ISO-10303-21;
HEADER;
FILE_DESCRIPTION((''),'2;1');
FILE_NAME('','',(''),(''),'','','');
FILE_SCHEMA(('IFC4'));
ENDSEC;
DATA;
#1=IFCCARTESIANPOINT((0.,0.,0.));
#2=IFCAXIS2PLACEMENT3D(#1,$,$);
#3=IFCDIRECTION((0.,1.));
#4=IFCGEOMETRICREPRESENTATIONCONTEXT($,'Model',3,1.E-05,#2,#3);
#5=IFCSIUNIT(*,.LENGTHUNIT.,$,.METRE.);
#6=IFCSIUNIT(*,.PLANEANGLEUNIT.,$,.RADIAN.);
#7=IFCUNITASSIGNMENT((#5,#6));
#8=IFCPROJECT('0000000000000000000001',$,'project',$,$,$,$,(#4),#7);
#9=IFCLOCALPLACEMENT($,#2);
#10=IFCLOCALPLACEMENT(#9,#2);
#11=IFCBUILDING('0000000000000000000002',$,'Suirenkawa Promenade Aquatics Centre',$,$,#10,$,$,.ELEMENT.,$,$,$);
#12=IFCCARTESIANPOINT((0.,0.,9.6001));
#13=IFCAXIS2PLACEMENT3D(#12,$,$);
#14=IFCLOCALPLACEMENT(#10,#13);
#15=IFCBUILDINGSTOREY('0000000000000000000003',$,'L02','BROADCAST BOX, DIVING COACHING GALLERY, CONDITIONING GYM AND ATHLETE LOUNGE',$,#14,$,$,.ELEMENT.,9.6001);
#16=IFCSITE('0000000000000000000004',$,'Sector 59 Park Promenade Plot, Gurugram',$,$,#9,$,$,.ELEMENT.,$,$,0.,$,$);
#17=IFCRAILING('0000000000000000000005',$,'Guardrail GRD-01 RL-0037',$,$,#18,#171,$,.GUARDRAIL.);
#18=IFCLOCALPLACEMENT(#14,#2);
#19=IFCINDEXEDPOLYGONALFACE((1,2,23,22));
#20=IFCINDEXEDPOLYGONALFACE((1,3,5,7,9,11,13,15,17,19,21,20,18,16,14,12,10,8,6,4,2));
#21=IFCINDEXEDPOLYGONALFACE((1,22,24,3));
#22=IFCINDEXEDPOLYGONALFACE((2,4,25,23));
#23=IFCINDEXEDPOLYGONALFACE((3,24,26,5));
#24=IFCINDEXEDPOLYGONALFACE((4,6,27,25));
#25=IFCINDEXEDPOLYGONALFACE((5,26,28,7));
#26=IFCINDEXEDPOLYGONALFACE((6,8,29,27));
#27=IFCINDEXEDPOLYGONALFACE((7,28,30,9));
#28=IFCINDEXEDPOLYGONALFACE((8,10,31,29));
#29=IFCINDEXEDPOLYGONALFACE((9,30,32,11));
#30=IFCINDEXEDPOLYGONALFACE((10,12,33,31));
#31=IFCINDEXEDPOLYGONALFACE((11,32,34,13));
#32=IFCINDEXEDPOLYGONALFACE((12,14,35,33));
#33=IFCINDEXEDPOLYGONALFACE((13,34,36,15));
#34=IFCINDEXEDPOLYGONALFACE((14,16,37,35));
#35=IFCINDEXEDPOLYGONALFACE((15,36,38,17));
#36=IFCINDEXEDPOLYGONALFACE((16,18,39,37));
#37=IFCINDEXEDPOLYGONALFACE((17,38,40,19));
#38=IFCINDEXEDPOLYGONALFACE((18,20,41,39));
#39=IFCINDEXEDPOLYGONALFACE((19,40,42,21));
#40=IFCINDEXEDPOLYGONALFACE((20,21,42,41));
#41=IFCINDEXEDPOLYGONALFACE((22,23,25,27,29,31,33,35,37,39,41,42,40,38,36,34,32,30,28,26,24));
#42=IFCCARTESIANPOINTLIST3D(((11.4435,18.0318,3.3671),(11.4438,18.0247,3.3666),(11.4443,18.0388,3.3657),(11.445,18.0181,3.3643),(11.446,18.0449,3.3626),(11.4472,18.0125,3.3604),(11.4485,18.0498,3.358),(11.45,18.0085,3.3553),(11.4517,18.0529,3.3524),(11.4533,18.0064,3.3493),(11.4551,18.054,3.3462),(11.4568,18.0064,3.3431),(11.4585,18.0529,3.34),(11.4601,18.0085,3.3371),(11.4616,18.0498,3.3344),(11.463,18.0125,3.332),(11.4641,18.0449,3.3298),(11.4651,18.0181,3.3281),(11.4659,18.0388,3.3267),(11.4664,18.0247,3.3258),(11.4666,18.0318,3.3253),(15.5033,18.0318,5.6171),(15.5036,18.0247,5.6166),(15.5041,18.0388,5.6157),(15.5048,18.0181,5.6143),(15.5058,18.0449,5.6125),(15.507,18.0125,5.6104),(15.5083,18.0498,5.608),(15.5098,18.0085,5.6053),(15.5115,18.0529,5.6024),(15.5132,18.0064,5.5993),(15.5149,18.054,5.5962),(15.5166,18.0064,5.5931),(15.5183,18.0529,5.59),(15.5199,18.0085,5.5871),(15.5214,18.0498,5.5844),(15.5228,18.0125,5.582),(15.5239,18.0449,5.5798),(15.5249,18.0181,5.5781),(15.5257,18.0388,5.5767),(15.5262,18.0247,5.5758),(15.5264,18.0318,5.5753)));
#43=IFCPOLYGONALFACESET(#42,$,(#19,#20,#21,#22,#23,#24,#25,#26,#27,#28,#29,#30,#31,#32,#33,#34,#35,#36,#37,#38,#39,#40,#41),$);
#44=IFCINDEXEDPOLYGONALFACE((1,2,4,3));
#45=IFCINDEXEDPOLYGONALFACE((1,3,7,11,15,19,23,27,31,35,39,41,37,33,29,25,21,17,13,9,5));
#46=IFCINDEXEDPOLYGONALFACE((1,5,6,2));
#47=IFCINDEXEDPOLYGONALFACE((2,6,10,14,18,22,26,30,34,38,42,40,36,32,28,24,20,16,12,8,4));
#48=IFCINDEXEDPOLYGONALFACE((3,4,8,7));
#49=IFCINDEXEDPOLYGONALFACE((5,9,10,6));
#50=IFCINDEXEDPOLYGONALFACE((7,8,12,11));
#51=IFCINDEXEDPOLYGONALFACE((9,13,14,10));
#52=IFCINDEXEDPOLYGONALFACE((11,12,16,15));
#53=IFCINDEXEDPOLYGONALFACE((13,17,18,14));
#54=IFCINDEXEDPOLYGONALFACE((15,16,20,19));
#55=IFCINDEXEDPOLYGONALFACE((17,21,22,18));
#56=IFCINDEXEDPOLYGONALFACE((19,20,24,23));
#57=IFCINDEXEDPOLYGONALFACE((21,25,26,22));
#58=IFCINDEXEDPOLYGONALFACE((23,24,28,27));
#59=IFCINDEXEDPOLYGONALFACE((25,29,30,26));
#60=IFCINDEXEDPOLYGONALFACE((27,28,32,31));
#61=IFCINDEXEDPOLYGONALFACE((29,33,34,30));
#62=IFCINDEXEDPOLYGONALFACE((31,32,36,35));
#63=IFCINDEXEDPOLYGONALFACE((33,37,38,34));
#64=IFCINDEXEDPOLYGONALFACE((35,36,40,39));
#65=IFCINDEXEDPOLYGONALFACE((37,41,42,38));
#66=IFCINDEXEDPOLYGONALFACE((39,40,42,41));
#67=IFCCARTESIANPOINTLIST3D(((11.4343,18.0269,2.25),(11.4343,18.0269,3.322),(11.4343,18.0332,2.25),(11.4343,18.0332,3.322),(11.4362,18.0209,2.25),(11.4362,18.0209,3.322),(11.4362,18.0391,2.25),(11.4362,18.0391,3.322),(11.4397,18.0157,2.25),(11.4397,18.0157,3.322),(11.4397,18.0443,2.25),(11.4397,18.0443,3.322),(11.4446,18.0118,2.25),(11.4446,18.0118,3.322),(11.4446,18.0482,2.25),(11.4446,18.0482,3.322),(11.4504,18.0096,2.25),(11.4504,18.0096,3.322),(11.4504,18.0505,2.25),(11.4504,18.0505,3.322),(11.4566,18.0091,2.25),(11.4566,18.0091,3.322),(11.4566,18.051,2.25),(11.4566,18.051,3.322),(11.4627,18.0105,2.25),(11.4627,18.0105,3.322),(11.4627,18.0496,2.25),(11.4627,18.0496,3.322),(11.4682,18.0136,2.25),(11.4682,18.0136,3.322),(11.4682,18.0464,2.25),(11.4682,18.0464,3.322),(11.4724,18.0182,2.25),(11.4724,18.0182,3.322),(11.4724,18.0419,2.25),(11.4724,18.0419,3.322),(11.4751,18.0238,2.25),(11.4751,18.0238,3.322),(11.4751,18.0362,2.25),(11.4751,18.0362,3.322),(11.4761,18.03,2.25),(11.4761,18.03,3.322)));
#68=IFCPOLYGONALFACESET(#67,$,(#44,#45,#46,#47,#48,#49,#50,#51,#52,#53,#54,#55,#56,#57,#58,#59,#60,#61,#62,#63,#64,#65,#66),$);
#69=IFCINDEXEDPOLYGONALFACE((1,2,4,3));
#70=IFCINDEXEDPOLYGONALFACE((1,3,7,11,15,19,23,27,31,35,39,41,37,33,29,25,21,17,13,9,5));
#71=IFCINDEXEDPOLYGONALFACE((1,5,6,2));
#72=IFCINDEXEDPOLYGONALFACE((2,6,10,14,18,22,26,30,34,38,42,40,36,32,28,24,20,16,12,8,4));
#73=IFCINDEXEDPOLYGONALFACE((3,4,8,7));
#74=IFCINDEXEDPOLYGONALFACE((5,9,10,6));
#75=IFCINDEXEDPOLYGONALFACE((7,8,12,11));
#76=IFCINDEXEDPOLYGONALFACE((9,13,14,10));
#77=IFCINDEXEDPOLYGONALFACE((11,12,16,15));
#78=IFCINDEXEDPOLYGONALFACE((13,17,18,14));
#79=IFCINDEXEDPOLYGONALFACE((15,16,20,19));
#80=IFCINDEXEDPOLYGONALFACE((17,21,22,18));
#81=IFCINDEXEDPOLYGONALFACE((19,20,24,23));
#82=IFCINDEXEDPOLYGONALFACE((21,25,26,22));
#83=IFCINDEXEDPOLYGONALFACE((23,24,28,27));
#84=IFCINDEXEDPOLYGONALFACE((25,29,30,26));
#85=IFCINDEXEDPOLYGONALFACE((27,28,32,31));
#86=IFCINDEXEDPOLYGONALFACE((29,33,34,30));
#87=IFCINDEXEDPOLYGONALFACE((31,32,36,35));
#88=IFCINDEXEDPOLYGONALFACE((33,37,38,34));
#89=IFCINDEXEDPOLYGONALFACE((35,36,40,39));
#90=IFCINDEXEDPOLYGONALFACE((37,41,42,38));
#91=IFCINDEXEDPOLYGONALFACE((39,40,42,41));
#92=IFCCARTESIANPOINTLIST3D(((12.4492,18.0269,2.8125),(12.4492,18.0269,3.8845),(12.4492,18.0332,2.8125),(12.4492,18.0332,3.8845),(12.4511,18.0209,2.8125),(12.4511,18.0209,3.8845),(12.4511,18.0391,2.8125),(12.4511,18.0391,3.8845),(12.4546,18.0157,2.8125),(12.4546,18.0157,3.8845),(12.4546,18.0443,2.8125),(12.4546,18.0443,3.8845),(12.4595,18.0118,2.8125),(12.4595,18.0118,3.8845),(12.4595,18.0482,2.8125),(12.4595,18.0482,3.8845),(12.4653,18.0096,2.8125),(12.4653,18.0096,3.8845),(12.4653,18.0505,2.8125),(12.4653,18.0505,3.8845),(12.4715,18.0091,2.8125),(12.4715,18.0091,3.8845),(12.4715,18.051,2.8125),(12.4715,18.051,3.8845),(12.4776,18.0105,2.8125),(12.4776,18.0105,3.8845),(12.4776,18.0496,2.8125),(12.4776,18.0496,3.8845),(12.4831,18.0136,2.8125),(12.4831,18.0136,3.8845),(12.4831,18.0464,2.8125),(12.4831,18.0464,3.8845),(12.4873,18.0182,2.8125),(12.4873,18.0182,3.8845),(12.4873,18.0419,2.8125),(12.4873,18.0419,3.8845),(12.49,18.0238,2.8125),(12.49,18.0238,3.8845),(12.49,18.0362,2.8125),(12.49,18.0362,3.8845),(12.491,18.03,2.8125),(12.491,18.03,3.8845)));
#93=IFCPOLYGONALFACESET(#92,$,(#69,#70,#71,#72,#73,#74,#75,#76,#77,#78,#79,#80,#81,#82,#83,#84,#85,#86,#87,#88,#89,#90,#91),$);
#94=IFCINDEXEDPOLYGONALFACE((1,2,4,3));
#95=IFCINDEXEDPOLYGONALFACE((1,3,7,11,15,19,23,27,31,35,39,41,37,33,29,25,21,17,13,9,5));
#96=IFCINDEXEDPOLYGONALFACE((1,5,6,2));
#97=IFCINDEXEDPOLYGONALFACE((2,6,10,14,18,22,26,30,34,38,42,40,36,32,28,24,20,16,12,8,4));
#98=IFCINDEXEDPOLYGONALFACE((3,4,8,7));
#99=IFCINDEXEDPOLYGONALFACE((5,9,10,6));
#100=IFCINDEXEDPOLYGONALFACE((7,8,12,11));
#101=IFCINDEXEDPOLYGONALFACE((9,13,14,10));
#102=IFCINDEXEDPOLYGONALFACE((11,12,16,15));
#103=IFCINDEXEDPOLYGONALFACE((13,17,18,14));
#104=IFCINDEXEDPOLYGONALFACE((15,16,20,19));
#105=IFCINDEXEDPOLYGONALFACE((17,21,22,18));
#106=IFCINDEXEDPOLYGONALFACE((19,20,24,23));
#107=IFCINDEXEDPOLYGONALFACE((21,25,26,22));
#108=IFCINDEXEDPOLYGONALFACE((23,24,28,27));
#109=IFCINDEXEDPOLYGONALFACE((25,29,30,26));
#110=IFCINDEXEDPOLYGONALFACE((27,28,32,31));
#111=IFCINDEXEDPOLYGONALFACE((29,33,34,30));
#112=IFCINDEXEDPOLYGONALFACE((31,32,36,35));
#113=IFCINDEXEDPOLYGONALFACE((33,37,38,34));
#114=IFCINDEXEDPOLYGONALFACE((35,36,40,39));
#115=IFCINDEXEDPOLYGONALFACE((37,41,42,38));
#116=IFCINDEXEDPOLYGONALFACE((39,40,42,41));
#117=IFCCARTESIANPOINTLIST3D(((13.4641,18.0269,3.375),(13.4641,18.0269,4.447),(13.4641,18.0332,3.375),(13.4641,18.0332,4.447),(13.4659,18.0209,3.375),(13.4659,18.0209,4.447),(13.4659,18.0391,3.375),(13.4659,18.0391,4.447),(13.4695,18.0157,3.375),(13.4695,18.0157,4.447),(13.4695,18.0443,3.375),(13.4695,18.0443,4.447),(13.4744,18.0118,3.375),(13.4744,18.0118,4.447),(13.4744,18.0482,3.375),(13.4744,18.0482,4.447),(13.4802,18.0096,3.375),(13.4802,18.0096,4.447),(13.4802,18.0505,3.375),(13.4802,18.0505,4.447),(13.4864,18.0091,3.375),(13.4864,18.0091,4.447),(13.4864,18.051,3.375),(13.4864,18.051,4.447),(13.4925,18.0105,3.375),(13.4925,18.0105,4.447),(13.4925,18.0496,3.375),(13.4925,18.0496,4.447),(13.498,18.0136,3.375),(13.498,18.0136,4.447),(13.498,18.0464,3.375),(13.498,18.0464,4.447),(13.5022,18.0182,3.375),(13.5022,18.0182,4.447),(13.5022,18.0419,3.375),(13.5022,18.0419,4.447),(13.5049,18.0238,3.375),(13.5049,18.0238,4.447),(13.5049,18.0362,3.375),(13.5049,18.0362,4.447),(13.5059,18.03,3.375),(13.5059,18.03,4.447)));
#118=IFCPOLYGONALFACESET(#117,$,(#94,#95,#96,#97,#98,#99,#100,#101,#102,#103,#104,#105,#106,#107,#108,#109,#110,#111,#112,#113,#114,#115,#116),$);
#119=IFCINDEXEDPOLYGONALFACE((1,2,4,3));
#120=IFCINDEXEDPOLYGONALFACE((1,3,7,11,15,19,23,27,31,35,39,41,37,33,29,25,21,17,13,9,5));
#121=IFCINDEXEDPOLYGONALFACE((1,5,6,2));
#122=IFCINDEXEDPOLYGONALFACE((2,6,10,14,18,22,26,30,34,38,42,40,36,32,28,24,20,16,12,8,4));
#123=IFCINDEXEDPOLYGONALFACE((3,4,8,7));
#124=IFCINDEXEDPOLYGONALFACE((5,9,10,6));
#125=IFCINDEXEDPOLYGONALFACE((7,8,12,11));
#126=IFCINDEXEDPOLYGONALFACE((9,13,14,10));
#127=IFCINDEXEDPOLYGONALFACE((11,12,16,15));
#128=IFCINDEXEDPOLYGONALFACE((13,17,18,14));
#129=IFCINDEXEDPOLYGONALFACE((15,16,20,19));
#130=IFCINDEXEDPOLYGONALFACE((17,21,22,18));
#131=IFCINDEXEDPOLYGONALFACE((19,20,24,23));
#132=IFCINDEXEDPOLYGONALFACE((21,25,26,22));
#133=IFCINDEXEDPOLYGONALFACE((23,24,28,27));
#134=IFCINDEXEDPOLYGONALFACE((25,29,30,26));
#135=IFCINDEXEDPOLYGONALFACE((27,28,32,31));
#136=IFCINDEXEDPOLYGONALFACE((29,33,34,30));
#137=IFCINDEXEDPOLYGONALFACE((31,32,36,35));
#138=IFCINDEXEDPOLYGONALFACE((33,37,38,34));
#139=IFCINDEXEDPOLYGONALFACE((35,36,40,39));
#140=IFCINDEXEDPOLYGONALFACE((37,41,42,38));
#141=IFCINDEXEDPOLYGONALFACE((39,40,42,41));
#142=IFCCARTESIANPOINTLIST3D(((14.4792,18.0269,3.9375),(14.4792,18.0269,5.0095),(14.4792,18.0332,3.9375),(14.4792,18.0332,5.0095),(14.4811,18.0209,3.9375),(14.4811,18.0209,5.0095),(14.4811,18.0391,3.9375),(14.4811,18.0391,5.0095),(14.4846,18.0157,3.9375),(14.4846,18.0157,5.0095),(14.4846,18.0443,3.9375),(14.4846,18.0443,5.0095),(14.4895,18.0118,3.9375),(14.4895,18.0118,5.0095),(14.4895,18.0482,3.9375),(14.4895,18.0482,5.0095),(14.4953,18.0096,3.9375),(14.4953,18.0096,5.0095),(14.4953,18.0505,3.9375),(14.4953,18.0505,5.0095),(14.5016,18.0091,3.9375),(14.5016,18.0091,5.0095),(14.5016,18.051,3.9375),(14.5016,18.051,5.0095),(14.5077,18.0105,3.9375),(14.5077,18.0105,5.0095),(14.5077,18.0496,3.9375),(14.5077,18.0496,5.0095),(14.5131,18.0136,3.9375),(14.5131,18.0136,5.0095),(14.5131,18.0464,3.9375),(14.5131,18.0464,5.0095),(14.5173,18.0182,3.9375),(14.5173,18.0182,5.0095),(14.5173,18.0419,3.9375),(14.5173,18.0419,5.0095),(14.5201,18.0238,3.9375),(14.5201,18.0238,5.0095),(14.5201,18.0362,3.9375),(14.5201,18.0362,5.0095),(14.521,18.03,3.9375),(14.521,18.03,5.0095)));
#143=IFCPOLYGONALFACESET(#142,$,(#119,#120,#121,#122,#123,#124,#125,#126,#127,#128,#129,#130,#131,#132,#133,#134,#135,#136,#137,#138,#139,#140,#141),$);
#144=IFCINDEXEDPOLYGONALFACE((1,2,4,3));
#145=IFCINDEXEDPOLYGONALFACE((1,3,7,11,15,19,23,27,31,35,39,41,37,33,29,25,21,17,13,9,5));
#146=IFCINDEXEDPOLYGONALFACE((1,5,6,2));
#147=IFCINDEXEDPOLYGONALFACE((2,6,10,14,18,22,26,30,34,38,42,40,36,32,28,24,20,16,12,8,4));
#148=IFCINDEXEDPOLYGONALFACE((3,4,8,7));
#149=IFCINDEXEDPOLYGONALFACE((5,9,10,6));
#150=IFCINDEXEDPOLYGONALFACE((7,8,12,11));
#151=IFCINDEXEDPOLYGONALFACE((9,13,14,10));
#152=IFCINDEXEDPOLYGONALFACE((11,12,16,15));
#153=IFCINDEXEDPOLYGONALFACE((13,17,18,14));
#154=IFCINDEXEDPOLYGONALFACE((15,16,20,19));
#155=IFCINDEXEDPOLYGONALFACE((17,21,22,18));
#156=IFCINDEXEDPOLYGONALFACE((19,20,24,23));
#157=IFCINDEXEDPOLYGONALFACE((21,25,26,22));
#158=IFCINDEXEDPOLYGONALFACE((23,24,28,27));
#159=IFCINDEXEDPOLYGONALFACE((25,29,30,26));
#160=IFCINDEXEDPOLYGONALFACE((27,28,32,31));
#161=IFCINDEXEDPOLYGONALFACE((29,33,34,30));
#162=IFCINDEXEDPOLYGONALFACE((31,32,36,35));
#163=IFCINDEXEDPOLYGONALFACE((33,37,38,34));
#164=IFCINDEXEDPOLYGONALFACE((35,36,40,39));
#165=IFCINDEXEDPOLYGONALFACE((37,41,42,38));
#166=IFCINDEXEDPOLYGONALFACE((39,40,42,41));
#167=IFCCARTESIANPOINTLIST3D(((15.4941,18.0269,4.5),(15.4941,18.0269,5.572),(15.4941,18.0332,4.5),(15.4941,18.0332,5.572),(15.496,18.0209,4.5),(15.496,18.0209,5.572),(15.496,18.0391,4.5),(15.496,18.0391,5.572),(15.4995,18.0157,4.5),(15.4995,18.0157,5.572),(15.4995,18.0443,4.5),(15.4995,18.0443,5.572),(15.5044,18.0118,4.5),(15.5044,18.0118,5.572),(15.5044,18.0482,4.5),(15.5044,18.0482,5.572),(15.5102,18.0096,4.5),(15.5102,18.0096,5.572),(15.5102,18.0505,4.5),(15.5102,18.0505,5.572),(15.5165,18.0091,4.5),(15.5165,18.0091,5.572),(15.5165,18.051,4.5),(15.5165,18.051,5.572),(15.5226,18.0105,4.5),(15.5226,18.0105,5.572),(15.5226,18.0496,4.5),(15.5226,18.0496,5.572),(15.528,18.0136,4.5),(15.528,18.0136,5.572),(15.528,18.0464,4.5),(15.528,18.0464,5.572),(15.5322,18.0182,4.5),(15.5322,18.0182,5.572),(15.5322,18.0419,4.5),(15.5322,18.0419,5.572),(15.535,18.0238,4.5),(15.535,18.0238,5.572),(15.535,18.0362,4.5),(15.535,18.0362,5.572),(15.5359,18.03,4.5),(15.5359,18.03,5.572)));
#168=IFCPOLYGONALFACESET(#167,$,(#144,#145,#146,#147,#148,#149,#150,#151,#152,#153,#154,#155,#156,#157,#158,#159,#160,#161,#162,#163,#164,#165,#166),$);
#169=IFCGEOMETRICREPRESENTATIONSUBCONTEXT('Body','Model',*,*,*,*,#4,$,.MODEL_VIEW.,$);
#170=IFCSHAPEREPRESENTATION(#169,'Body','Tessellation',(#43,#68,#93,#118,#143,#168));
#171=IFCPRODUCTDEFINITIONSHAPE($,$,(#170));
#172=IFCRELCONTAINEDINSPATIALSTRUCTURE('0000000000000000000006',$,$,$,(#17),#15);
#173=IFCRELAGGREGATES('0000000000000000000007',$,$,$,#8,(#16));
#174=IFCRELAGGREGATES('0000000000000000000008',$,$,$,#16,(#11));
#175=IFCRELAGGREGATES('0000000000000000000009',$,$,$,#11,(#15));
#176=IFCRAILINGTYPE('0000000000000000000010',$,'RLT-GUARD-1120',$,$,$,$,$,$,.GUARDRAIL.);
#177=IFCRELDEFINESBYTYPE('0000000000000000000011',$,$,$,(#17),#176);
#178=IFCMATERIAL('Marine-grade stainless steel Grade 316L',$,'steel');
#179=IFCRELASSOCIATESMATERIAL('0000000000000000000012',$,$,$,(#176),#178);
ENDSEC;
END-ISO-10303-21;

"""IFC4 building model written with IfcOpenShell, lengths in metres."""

from ifc_helpers import new_model, si_unit, direction, frame, origin, origin_2d, place, context, subcontext, project, spatial, circle, extrude, material, type_object, element, save


model = new_model("IFC4")

# Units and contexts
model_context = context("Model", 3, precision=1e-05, world=origin(), true_north=direction((0.0, 1.0)))
body_context = subcontext(model_context, "Body", "Model", "MODEL_VIEW")
ifc_project = project(units=[si_unit("LENGTHUNIT", "METRE"), si_unit("PLANEANGLEUNIT", "RADIAN")], contexts=[model_context])

# Site, building, storey
site_placement = place(None, origin())
site = spatial("IfcSite", under=ifc_project, at=site_placement, Name="Sector 59 Park Promenade Plot, Gurugram", CompositionType="ELEMENT", RefElevation=0.0)
building_placement = place(site_placement, origin())
building = spatial("IfcBuilding", under=site, at=building_placement, Name="Suirenkawa Promenade Aquatics Centre", CompositionType="ELEMENT")
storey_placement = place(building_placement, frame((0.0, 0.0, 9.6001)))
storey = spatial("IfcBuildingStorey", under=building, at=storey_placement, Name="L02", Description="BROADCAST BOX, DIVING COACHING GALLERY, CONDITIONING GYM AND ATHLETE LOUNGE", CompositionType="ELEMENT", Elevation=9.6001)

# Shared definitions
ifc_material_1 = material(Name="Marine-grade stainless steel Grade 316L", Category="steel")

# Railing
railing_type_1 = type_object("IfcRailingType", Name="RLT-GUARD-1120", PredefinedType="GUARDRAIL", material=ifc_material_1)
railing_1_placement = place(storey_placement, frame((11.4551, 18.03, 2.25)))
element("IfcRailing", 1, at=railing_1_placement, inside=storey, type_object=railing_type_1, Name="Guardrail GRD-01 RL-0037", PredefinedType="GUARDRAIL", context=body_context, shape_type="SweptSolid", body=[
    extrude(circle(Radius=0.0239, at=origin_2d()), frame((0.0, 0.0, 1.0962), z_axis=(0.874656, 0.0, 0.484745), x_axis=(0.0, 1.0, 0.0)), (0.0, 0.0, 1.0), 4.6416),
    extrude(circle(Radius=0.021, at=origin_2d()), origin(), (0.0, 0.0, 1.0), 1.072),
    extrude(circle(Radius=0.021, at=origin_2d()), frame((1.0149, 0.0, 0.5625)), (0.0, 0.0, 1.0), 1.072),
    extrude(circle(Radius=0.021, at=origin_2d()), frame((2.0298, 0.0, 1.125)), (0.0, 0.0, 1.0), 1.072),
    extrude(circle(Radius=0.021, at=origin_2d()), frame((3.0449, 0.0, 1.6875)), (0.0, 0.0, 1.0), 1.072),
    extrude(circle(Radius=0.021, at=origin_2d()), frame((4.0598, 0.0, 2.25)), (0.0, 0.0, 1.0), 1.072),
])

save(model, "model.ifc")
